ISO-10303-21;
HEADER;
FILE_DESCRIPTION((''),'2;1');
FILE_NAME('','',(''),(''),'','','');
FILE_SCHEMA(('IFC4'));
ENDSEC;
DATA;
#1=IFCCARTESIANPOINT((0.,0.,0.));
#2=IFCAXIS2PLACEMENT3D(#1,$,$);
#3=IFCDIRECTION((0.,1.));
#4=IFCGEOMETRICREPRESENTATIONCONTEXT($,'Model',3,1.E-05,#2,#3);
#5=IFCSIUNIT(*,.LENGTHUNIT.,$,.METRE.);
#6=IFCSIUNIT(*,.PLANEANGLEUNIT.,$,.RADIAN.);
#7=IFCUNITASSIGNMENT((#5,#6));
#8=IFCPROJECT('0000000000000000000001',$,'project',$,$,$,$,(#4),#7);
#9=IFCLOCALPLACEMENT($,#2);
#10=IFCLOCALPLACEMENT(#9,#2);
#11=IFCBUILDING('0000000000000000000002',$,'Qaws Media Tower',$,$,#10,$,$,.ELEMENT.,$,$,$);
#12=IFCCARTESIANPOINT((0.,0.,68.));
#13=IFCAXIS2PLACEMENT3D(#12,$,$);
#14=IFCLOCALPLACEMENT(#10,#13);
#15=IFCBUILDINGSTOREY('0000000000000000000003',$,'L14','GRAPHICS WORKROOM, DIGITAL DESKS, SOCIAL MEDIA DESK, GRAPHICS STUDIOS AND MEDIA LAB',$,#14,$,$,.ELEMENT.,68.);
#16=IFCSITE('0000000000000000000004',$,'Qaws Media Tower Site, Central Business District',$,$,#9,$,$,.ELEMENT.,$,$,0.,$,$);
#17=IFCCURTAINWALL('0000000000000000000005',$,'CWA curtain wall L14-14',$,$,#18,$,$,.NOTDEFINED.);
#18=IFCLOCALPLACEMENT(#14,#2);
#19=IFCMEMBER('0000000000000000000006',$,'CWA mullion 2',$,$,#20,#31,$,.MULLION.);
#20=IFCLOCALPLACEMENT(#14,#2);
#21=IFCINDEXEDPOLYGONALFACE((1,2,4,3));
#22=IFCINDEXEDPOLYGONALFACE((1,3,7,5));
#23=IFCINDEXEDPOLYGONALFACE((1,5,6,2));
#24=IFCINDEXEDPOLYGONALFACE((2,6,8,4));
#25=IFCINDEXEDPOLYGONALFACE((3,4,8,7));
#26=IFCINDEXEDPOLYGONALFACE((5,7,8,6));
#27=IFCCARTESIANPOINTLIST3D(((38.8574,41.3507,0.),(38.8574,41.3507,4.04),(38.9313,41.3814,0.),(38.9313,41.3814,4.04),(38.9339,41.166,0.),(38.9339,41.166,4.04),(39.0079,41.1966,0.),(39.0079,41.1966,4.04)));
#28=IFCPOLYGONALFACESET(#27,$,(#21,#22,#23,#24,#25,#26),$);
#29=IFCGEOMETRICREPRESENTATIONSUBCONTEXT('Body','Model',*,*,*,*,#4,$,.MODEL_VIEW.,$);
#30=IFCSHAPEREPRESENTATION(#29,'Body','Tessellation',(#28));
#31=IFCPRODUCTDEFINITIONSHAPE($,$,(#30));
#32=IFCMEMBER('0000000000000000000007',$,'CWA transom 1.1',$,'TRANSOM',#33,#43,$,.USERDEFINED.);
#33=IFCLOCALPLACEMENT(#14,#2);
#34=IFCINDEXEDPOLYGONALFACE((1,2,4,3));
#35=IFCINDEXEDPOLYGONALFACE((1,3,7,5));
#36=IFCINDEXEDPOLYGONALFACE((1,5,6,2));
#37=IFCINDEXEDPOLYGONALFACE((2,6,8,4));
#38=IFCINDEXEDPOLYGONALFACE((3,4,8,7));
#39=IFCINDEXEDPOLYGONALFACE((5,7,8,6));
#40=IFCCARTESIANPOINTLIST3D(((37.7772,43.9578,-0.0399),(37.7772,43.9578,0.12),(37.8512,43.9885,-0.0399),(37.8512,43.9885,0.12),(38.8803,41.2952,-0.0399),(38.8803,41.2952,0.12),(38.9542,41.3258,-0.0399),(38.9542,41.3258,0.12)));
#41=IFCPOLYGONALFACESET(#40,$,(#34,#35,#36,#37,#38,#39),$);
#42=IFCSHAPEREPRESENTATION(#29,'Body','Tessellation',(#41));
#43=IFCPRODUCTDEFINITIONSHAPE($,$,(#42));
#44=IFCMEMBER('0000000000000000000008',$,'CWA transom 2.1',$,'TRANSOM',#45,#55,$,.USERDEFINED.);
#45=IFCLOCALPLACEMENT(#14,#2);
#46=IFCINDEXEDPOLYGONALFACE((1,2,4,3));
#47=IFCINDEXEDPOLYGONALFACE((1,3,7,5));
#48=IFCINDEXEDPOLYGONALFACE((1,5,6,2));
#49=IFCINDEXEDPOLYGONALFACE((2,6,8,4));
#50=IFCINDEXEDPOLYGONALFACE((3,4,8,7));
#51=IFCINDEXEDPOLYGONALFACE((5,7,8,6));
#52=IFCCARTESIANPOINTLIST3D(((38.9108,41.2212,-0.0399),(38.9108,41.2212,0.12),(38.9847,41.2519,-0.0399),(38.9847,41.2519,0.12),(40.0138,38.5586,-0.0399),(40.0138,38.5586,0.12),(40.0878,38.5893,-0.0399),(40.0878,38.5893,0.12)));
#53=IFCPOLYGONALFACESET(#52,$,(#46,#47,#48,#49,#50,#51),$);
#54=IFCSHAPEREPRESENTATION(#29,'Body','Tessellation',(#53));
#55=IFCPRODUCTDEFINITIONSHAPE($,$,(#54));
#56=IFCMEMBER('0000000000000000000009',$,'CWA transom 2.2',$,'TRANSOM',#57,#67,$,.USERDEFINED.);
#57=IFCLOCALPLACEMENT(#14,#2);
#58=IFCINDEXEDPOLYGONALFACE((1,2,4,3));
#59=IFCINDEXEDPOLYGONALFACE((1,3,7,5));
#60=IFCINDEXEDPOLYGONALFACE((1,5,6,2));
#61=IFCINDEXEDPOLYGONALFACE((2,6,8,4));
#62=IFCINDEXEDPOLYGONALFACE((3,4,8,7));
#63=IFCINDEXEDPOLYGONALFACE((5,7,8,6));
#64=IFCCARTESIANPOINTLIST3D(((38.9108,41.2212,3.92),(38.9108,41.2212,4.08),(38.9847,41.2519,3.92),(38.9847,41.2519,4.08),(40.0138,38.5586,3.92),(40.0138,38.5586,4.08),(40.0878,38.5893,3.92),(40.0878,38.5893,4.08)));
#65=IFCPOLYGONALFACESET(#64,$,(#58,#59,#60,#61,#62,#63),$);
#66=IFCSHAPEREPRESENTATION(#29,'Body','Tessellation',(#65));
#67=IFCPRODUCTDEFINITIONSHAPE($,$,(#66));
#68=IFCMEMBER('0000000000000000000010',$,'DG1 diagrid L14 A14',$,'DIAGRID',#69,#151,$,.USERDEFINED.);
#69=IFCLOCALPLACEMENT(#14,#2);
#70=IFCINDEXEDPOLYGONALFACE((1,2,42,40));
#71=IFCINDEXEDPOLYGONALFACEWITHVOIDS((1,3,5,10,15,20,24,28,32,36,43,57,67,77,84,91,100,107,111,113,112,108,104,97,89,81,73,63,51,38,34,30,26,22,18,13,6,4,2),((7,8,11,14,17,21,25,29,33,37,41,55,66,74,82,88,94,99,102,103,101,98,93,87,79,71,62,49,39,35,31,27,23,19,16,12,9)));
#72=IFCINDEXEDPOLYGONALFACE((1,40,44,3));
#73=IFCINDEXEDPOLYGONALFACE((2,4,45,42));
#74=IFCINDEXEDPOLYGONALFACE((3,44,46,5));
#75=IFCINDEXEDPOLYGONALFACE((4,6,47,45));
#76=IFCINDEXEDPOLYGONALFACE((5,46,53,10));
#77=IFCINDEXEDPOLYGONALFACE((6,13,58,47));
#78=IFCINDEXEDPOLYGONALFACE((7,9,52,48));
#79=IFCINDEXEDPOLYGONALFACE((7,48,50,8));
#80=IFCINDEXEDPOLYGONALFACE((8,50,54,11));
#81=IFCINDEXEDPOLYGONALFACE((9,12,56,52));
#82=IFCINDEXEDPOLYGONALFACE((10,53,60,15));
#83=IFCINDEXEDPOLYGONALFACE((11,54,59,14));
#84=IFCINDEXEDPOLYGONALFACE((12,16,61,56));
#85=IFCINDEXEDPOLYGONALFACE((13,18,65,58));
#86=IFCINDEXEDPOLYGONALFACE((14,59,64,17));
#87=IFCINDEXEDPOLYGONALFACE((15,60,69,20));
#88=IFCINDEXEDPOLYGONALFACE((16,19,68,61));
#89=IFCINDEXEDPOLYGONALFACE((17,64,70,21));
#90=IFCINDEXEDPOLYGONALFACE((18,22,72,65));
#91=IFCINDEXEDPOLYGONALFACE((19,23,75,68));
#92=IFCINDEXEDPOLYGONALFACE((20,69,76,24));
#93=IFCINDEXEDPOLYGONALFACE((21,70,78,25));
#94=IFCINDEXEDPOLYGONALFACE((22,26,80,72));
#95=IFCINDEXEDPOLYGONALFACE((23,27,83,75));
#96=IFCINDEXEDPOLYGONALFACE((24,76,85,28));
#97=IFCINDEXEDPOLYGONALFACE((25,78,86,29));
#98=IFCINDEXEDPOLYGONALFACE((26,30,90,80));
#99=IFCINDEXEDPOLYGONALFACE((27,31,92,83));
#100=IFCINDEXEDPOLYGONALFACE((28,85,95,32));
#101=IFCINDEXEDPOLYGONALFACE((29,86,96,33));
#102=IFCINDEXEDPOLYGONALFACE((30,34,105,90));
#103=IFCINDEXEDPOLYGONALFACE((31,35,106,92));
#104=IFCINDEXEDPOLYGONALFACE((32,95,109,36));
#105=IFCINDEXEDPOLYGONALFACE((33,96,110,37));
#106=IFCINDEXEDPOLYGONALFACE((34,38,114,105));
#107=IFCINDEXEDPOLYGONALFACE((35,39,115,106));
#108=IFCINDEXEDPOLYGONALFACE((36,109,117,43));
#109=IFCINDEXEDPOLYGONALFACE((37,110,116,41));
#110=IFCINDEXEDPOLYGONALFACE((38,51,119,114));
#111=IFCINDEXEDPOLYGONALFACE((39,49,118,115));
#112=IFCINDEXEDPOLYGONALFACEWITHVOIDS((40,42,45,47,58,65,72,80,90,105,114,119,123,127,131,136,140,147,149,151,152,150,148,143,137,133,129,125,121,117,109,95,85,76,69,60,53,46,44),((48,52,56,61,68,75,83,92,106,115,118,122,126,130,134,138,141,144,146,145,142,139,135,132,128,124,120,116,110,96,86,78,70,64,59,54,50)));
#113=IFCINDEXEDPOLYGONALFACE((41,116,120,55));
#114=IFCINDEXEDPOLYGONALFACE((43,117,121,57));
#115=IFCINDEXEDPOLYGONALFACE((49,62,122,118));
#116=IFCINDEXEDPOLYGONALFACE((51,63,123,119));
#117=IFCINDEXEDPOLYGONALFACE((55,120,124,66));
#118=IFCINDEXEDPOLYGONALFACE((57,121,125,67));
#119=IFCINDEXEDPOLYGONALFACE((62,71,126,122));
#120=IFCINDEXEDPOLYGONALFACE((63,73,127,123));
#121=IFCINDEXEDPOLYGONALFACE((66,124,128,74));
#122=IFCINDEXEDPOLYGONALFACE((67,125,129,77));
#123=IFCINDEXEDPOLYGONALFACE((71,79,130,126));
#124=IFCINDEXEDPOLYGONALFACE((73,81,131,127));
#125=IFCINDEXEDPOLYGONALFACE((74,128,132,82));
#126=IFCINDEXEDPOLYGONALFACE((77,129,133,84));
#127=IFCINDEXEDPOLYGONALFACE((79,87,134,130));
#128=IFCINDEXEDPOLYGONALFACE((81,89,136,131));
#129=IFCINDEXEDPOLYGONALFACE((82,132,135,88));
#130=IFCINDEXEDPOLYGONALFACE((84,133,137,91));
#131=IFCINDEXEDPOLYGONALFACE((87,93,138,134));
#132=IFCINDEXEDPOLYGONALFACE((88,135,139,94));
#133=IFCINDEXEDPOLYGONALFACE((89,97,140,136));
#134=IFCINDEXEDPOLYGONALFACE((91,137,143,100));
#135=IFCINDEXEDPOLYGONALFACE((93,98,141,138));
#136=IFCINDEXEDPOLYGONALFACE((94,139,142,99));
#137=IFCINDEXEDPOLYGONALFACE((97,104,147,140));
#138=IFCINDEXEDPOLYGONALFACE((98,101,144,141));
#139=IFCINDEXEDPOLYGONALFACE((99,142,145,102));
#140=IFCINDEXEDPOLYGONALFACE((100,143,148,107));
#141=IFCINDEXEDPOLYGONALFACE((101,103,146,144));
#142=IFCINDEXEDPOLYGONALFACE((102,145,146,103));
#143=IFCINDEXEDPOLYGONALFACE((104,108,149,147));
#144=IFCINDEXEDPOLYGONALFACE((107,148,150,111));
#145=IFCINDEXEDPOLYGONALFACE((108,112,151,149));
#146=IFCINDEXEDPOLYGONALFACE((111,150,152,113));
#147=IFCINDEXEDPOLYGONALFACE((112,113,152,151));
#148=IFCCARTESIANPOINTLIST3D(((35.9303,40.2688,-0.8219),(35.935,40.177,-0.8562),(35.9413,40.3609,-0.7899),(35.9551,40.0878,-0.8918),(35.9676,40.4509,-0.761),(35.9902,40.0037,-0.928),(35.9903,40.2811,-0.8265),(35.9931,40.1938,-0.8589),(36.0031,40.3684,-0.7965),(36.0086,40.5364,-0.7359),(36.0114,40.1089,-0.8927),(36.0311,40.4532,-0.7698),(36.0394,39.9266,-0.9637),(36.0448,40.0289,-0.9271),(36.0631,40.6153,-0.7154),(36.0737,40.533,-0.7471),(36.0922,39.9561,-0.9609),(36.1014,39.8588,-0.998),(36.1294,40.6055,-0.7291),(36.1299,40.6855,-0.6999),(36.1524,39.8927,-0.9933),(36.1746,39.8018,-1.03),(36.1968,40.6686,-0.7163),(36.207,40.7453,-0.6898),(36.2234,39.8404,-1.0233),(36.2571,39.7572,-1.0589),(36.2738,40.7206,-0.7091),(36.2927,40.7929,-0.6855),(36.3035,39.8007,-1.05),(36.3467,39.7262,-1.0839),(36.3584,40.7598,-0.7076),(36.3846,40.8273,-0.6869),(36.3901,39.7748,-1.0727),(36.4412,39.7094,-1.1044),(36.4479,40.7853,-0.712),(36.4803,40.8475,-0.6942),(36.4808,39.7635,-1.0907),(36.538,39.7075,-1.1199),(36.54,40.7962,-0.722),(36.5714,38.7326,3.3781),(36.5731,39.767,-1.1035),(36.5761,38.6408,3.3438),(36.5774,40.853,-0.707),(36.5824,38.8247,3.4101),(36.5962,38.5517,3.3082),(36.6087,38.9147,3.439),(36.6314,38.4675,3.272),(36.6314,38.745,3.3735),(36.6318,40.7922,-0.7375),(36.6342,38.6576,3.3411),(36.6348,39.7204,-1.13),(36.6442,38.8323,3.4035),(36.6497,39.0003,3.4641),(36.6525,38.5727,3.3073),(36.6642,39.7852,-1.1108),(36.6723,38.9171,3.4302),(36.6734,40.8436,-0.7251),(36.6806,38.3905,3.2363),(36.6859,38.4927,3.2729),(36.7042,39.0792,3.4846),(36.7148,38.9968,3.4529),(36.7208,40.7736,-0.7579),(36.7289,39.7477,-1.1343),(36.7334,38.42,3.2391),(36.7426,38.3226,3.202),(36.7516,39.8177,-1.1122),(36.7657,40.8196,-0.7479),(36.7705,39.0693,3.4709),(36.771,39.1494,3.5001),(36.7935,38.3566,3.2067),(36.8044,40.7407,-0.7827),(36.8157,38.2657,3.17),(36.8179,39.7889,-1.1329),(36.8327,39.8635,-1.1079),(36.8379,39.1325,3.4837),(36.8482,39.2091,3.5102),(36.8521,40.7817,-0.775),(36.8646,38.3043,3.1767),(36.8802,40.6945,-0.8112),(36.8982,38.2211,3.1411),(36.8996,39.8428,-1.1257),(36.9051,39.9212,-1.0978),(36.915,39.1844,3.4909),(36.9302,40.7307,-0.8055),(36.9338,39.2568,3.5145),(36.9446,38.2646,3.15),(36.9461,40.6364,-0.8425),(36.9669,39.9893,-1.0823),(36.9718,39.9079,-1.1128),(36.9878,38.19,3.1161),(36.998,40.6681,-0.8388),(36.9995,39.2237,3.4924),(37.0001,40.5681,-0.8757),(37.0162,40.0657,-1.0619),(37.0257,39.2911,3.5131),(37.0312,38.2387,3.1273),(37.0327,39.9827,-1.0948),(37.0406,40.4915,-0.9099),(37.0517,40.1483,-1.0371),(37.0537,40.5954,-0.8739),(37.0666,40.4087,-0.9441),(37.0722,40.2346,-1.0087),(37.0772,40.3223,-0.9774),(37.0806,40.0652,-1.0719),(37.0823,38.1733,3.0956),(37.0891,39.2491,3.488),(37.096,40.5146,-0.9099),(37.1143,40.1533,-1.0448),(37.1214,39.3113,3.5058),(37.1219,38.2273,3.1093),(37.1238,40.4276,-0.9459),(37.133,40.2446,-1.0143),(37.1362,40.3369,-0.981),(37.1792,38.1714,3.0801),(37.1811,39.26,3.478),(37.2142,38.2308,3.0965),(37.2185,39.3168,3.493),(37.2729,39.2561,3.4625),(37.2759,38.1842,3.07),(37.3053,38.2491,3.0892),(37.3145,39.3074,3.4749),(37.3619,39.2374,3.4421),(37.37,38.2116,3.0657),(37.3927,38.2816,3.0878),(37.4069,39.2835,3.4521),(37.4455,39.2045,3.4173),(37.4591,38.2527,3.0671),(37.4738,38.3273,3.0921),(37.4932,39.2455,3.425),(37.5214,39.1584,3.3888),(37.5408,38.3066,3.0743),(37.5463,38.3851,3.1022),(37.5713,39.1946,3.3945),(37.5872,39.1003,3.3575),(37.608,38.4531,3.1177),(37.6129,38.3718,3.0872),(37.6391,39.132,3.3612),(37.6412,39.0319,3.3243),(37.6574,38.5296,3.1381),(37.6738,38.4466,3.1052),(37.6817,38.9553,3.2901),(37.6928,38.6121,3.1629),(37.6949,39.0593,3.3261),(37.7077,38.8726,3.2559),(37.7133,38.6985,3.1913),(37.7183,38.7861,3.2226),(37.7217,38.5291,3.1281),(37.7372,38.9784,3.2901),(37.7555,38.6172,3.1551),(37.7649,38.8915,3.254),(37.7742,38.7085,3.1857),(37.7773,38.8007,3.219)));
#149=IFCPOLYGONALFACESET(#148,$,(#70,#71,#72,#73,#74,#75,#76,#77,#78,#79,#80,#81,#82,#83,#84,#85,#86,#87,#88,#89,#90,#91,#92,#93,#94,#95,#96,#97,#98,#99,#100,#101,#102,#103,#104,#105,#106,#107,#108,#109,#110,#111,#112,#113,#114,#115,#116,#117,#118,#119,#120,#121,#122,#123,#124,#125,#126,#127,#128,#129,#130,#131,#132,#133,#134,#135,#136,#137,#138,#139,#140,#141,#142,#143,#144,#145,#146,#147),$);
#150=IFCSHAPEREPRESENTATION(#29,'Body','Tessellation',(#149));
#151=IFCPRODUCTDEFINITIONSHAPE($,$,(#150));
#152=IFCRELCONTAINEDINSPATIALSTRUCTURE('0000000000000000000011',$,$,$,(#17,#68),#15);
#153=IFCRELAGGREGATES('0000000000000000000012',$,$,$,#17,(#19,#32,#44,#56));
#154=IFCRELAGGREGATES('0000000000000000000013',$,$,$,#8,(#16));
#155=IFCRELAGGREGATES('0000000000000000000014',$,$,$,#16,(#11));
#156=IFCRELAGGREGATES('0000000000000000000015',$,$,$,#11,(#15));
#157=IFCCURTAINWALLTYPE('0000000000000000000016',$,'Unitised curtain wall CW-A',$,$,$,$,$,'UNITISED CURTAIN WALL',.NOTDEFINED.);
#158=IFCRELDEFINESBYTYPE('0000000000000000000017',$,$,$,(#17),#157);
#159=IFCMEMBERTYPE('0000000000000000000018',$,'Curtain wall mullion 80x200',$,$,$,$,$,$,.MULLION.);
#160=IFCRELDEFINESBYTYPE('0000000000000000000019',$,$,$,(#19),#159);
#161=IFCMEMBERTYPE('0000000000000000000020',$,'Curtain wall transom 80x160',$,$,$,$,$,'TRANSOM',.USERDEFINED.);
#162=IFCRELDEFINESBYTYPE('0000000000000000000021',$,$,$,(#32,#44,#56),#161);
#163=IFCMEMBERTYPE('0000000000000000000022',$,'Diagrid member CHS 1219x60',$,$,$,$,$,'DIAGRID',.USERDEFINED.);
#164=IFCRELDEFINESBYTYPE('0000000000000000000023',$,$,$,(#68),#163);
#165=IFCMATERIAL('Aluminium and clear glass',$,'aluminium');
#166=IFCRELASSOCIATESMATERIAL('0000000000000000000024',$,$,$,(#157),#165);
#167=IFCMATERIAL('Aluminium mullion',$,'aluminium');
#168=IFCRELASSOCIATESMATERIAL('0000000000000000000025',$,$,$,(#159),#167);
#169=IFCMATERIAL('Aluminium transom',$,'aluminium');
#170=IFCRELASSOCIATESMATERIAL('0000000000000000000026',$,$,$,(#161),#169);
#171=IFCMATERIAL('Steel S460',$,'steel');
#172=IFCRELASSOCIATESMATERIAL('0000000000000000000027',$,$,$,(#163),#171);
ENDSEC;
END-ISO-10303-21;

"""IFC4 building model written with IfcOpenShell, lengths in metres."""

from ifc_helpers import new_model, si_unit, direction, frame, origin, origin_2d, place, context, subcontext, project, spatial, rectangle, hollow_circle, extrude, material, material_profile, profile_set, type_object, element, aggregate, save


model = new_model("IFC4")

# Units and contexts
model_context = context("Model", 3, precision=1e-05, world=origin(), true_north=direction((0.0, 1.0)))
body_context = subcontext(model_context, "Body", "Model", "MODEL_VIEW")
ifc_project = project(units=[si_unit("LENGTHUNIT", "METRE"), si_unit("PLANEANGLEUNIT", "RADIAN")], contexts=[model_context])

# Site, building, storey
site_placement = place(None, origin())
site = spatial("IfcSite", under=ifc_project, at=site_placement, Name="Qaws Media Tower Site, Central Business District", CompositionType="ELEMENT", RefElevation=0.0)
building_placement = place(site_placement, origin())
building = spatial("IfcBuilding", under=site, at=building_placement, Name="Qaws Media Tower", CompositionType="ELEMENT")
storey_placement = place(building_placement, frame((0.0, 0.0, 68.0)))
storey = spatial("IfcBuildingStorey", under=building, at=storey_placement, Name="L14", Description="GRAPHICS WORKROOM, DIGITAL DESKS, SOCIAL MEDIA DESK, GRAPHICS STUDIOS AND MEDIA LAB", CompositionType="ELEMENT", Elevation=68.0)

# Curtain wall, members
ifc_material_1 = material(Name="Aluminium and clear glass", Category="aluminium")
curtain_wall_type = type_object("IfcCurtainWallType", Name="Unitised curtain wall CW-A", ElementType="UNITISED CURTAIN WALL", PredefinedType="NOTDEFINED", material=ifc_material_1)
curtain_wall_placement = place(storey_placement, origin())
curtain_wall = element("IfcCurtainWall", 1, at=curtain_wall_placement, inside=storey, type_object=curtain_wall_type, Name="CWA curtain wall L14-14", PredefinedType="NOTDEFINED")
ifc_material_2 = material(Name="Aluminium mullion", Category="aluminium")
ifc_material_profile_1 = material_profile(ifc_material_2, rectangle(XDim=0.0801, YDim=0.2, at=origin_2d()), Name="80x200")
ifc_profile_set_1 = profile_set([ifc_material_profile_1], Name="Aluminium mullion")
member_type_1 = type_object("IfcMemberType", Name="Curtain wall mullion 80x200", PredefinedType="MULLION", material=ifc_profile_set_1)
member_1_placement = place(storey_placement, frame((38.9326, 41.2737, 0.0), z_axis=(0.0, 0.0, 1.0), x_axis=(0.92388, 0.382683, 0.0)))
member_1 = element("IfcMember", 2, at=member_1_placement, type_object=member_type_1, Name="CWA mullion 2", PredefinedType="MULLION", context=body_context, shape_type="SweptSolid", body=[
    extrude(rectangle(XDim=0.0801, YDim=0.2, at=origin_2d()), origin(), (0.0, 0.0, 1.0), 4.04),
])
ifc_material_3 = material(Name="Aluminium transom", Category="aluminium")
ifc_material_profile_2 = material_profile(ifc_material_3, rectangle(XDim=0.0801, YDim=0.1599, at=origin_2d()), Name="80x160")
ifc_profile_set_2 = profile_set([ifc_material_profile_2], Name="Aluminium transom")
member_type_2 = type_object("IfcMemberType", Name="Curtain wall transom 80x160", ElementType="TRANSOM", PredefinedType="USERDEFINED", material=ifc_profile_set_2)
member_2_placement = place(storey_placement, frame((37.8142, 43.9731, 0.04), z_axis=(0.382726, -0.923862, 0.0), x_axis=(0.923862, 0.382726, 0.0)))
member_2 = element("IfcMember", 3, at=member_2_placement, type_object=member_type_2, Name="CWA transom 1.1", ObjectType="TRANSOM", PredefinedType="USERDEFINED", context=body_context, shape_type="SweptSolid", body=[
    extrude(rectangle(XDim=0.0801, YDim=0.1599, at=origin_2d()), origin(), (0.0, 0.0, 1.0), 2.8821),
])
member_3_placement = place(storey_placement, frame((38.9478, 41.2366, 0.04), z_axis=(0.382726, -0.923862, 0.0), x_axis=(0.923862, 0.382726, 0.0)))
member_3 = element("IfcMember", 4, at=member_3_placement, type_object=member_type_2, Name="CWA transom 2.1", ObjectType="TRANSOM", PredefinedType="USERDEFINED", context=body_context, shape_type="SweptSolid", body=[
    extrude(rectangle(XDim=0.0801, YDim=0.1599, at=origin_2d()), origin(), (0.0, 0.0, 1.0), 2.8821),
])
member_4_placement = place(storey_placement, frame((38.9478, 41.2366, 4.0), z_axis=(0.382726, -0.923862, 0.0), x_axis=(0.923862, 0.382726, 0.0)))
member_4 = element("IfcMember", 5, at=member_4_placement, type_object=member_type_2, Name="CWA transom 2.2", ObjectType="TRANSOM", PredefinedType="USERDEFINED", context=body_context, shape_type="SweptSolid", body=[
    extrude(rectangle(XDim=0.0801, YDim=0.1599, at=origin_2d()), origin(), (0.0, 0.0, 1.0), 2.8821),
])

# Member
ifc_material_4 = material(Name="Steel S460", Category="steel")
ifc_material_profile_3 = material_profile(ifc_material_4, hollow_circle(Radius=0.6096, WallThickness=0.0601, at=origin_2d()), Name="CHS 1219x60")
ifc_profile_set_3 = profile_set([ifc_material_profile_3], Name="Steel S460")
member_type_3 = type_object("IfcMemberType", Name="Diagrid member CHS 1219x60", ElementType="DIAGRID", PredefinedType="USERDEFINED", material=ifc_profile_set_3)
for number, where, z_axis, x_axis, name in (
    (6, (36.5334, 40.2798, -0.9099), (0.141909, -0.34002, 0.92965), (0.922851, 0.385157, 0.0), "DG1 diagrid L14 A14"),
):
    element("IfcMember", number, at=place(storey_placement, frame(where, z_axis=z_axis, x_axis=x_axis)), inside=storey, type_object=member_type_3, Name=name, ObjectType="DIAGRID", PredefinedType="USERDEFINED", context=body_context, shape_type="SweptSolid", body=[
        extrude(hollow_circle(Radius=0.6096, WallThickness=0.0601, at=origin_2d()), origin(), (0.0, 0.0, 1.0), 4.5178),
    ])

aggregate(curtain_wall, [member_1, member_2, member_3, member_4])

save(model, "model.ifc")
